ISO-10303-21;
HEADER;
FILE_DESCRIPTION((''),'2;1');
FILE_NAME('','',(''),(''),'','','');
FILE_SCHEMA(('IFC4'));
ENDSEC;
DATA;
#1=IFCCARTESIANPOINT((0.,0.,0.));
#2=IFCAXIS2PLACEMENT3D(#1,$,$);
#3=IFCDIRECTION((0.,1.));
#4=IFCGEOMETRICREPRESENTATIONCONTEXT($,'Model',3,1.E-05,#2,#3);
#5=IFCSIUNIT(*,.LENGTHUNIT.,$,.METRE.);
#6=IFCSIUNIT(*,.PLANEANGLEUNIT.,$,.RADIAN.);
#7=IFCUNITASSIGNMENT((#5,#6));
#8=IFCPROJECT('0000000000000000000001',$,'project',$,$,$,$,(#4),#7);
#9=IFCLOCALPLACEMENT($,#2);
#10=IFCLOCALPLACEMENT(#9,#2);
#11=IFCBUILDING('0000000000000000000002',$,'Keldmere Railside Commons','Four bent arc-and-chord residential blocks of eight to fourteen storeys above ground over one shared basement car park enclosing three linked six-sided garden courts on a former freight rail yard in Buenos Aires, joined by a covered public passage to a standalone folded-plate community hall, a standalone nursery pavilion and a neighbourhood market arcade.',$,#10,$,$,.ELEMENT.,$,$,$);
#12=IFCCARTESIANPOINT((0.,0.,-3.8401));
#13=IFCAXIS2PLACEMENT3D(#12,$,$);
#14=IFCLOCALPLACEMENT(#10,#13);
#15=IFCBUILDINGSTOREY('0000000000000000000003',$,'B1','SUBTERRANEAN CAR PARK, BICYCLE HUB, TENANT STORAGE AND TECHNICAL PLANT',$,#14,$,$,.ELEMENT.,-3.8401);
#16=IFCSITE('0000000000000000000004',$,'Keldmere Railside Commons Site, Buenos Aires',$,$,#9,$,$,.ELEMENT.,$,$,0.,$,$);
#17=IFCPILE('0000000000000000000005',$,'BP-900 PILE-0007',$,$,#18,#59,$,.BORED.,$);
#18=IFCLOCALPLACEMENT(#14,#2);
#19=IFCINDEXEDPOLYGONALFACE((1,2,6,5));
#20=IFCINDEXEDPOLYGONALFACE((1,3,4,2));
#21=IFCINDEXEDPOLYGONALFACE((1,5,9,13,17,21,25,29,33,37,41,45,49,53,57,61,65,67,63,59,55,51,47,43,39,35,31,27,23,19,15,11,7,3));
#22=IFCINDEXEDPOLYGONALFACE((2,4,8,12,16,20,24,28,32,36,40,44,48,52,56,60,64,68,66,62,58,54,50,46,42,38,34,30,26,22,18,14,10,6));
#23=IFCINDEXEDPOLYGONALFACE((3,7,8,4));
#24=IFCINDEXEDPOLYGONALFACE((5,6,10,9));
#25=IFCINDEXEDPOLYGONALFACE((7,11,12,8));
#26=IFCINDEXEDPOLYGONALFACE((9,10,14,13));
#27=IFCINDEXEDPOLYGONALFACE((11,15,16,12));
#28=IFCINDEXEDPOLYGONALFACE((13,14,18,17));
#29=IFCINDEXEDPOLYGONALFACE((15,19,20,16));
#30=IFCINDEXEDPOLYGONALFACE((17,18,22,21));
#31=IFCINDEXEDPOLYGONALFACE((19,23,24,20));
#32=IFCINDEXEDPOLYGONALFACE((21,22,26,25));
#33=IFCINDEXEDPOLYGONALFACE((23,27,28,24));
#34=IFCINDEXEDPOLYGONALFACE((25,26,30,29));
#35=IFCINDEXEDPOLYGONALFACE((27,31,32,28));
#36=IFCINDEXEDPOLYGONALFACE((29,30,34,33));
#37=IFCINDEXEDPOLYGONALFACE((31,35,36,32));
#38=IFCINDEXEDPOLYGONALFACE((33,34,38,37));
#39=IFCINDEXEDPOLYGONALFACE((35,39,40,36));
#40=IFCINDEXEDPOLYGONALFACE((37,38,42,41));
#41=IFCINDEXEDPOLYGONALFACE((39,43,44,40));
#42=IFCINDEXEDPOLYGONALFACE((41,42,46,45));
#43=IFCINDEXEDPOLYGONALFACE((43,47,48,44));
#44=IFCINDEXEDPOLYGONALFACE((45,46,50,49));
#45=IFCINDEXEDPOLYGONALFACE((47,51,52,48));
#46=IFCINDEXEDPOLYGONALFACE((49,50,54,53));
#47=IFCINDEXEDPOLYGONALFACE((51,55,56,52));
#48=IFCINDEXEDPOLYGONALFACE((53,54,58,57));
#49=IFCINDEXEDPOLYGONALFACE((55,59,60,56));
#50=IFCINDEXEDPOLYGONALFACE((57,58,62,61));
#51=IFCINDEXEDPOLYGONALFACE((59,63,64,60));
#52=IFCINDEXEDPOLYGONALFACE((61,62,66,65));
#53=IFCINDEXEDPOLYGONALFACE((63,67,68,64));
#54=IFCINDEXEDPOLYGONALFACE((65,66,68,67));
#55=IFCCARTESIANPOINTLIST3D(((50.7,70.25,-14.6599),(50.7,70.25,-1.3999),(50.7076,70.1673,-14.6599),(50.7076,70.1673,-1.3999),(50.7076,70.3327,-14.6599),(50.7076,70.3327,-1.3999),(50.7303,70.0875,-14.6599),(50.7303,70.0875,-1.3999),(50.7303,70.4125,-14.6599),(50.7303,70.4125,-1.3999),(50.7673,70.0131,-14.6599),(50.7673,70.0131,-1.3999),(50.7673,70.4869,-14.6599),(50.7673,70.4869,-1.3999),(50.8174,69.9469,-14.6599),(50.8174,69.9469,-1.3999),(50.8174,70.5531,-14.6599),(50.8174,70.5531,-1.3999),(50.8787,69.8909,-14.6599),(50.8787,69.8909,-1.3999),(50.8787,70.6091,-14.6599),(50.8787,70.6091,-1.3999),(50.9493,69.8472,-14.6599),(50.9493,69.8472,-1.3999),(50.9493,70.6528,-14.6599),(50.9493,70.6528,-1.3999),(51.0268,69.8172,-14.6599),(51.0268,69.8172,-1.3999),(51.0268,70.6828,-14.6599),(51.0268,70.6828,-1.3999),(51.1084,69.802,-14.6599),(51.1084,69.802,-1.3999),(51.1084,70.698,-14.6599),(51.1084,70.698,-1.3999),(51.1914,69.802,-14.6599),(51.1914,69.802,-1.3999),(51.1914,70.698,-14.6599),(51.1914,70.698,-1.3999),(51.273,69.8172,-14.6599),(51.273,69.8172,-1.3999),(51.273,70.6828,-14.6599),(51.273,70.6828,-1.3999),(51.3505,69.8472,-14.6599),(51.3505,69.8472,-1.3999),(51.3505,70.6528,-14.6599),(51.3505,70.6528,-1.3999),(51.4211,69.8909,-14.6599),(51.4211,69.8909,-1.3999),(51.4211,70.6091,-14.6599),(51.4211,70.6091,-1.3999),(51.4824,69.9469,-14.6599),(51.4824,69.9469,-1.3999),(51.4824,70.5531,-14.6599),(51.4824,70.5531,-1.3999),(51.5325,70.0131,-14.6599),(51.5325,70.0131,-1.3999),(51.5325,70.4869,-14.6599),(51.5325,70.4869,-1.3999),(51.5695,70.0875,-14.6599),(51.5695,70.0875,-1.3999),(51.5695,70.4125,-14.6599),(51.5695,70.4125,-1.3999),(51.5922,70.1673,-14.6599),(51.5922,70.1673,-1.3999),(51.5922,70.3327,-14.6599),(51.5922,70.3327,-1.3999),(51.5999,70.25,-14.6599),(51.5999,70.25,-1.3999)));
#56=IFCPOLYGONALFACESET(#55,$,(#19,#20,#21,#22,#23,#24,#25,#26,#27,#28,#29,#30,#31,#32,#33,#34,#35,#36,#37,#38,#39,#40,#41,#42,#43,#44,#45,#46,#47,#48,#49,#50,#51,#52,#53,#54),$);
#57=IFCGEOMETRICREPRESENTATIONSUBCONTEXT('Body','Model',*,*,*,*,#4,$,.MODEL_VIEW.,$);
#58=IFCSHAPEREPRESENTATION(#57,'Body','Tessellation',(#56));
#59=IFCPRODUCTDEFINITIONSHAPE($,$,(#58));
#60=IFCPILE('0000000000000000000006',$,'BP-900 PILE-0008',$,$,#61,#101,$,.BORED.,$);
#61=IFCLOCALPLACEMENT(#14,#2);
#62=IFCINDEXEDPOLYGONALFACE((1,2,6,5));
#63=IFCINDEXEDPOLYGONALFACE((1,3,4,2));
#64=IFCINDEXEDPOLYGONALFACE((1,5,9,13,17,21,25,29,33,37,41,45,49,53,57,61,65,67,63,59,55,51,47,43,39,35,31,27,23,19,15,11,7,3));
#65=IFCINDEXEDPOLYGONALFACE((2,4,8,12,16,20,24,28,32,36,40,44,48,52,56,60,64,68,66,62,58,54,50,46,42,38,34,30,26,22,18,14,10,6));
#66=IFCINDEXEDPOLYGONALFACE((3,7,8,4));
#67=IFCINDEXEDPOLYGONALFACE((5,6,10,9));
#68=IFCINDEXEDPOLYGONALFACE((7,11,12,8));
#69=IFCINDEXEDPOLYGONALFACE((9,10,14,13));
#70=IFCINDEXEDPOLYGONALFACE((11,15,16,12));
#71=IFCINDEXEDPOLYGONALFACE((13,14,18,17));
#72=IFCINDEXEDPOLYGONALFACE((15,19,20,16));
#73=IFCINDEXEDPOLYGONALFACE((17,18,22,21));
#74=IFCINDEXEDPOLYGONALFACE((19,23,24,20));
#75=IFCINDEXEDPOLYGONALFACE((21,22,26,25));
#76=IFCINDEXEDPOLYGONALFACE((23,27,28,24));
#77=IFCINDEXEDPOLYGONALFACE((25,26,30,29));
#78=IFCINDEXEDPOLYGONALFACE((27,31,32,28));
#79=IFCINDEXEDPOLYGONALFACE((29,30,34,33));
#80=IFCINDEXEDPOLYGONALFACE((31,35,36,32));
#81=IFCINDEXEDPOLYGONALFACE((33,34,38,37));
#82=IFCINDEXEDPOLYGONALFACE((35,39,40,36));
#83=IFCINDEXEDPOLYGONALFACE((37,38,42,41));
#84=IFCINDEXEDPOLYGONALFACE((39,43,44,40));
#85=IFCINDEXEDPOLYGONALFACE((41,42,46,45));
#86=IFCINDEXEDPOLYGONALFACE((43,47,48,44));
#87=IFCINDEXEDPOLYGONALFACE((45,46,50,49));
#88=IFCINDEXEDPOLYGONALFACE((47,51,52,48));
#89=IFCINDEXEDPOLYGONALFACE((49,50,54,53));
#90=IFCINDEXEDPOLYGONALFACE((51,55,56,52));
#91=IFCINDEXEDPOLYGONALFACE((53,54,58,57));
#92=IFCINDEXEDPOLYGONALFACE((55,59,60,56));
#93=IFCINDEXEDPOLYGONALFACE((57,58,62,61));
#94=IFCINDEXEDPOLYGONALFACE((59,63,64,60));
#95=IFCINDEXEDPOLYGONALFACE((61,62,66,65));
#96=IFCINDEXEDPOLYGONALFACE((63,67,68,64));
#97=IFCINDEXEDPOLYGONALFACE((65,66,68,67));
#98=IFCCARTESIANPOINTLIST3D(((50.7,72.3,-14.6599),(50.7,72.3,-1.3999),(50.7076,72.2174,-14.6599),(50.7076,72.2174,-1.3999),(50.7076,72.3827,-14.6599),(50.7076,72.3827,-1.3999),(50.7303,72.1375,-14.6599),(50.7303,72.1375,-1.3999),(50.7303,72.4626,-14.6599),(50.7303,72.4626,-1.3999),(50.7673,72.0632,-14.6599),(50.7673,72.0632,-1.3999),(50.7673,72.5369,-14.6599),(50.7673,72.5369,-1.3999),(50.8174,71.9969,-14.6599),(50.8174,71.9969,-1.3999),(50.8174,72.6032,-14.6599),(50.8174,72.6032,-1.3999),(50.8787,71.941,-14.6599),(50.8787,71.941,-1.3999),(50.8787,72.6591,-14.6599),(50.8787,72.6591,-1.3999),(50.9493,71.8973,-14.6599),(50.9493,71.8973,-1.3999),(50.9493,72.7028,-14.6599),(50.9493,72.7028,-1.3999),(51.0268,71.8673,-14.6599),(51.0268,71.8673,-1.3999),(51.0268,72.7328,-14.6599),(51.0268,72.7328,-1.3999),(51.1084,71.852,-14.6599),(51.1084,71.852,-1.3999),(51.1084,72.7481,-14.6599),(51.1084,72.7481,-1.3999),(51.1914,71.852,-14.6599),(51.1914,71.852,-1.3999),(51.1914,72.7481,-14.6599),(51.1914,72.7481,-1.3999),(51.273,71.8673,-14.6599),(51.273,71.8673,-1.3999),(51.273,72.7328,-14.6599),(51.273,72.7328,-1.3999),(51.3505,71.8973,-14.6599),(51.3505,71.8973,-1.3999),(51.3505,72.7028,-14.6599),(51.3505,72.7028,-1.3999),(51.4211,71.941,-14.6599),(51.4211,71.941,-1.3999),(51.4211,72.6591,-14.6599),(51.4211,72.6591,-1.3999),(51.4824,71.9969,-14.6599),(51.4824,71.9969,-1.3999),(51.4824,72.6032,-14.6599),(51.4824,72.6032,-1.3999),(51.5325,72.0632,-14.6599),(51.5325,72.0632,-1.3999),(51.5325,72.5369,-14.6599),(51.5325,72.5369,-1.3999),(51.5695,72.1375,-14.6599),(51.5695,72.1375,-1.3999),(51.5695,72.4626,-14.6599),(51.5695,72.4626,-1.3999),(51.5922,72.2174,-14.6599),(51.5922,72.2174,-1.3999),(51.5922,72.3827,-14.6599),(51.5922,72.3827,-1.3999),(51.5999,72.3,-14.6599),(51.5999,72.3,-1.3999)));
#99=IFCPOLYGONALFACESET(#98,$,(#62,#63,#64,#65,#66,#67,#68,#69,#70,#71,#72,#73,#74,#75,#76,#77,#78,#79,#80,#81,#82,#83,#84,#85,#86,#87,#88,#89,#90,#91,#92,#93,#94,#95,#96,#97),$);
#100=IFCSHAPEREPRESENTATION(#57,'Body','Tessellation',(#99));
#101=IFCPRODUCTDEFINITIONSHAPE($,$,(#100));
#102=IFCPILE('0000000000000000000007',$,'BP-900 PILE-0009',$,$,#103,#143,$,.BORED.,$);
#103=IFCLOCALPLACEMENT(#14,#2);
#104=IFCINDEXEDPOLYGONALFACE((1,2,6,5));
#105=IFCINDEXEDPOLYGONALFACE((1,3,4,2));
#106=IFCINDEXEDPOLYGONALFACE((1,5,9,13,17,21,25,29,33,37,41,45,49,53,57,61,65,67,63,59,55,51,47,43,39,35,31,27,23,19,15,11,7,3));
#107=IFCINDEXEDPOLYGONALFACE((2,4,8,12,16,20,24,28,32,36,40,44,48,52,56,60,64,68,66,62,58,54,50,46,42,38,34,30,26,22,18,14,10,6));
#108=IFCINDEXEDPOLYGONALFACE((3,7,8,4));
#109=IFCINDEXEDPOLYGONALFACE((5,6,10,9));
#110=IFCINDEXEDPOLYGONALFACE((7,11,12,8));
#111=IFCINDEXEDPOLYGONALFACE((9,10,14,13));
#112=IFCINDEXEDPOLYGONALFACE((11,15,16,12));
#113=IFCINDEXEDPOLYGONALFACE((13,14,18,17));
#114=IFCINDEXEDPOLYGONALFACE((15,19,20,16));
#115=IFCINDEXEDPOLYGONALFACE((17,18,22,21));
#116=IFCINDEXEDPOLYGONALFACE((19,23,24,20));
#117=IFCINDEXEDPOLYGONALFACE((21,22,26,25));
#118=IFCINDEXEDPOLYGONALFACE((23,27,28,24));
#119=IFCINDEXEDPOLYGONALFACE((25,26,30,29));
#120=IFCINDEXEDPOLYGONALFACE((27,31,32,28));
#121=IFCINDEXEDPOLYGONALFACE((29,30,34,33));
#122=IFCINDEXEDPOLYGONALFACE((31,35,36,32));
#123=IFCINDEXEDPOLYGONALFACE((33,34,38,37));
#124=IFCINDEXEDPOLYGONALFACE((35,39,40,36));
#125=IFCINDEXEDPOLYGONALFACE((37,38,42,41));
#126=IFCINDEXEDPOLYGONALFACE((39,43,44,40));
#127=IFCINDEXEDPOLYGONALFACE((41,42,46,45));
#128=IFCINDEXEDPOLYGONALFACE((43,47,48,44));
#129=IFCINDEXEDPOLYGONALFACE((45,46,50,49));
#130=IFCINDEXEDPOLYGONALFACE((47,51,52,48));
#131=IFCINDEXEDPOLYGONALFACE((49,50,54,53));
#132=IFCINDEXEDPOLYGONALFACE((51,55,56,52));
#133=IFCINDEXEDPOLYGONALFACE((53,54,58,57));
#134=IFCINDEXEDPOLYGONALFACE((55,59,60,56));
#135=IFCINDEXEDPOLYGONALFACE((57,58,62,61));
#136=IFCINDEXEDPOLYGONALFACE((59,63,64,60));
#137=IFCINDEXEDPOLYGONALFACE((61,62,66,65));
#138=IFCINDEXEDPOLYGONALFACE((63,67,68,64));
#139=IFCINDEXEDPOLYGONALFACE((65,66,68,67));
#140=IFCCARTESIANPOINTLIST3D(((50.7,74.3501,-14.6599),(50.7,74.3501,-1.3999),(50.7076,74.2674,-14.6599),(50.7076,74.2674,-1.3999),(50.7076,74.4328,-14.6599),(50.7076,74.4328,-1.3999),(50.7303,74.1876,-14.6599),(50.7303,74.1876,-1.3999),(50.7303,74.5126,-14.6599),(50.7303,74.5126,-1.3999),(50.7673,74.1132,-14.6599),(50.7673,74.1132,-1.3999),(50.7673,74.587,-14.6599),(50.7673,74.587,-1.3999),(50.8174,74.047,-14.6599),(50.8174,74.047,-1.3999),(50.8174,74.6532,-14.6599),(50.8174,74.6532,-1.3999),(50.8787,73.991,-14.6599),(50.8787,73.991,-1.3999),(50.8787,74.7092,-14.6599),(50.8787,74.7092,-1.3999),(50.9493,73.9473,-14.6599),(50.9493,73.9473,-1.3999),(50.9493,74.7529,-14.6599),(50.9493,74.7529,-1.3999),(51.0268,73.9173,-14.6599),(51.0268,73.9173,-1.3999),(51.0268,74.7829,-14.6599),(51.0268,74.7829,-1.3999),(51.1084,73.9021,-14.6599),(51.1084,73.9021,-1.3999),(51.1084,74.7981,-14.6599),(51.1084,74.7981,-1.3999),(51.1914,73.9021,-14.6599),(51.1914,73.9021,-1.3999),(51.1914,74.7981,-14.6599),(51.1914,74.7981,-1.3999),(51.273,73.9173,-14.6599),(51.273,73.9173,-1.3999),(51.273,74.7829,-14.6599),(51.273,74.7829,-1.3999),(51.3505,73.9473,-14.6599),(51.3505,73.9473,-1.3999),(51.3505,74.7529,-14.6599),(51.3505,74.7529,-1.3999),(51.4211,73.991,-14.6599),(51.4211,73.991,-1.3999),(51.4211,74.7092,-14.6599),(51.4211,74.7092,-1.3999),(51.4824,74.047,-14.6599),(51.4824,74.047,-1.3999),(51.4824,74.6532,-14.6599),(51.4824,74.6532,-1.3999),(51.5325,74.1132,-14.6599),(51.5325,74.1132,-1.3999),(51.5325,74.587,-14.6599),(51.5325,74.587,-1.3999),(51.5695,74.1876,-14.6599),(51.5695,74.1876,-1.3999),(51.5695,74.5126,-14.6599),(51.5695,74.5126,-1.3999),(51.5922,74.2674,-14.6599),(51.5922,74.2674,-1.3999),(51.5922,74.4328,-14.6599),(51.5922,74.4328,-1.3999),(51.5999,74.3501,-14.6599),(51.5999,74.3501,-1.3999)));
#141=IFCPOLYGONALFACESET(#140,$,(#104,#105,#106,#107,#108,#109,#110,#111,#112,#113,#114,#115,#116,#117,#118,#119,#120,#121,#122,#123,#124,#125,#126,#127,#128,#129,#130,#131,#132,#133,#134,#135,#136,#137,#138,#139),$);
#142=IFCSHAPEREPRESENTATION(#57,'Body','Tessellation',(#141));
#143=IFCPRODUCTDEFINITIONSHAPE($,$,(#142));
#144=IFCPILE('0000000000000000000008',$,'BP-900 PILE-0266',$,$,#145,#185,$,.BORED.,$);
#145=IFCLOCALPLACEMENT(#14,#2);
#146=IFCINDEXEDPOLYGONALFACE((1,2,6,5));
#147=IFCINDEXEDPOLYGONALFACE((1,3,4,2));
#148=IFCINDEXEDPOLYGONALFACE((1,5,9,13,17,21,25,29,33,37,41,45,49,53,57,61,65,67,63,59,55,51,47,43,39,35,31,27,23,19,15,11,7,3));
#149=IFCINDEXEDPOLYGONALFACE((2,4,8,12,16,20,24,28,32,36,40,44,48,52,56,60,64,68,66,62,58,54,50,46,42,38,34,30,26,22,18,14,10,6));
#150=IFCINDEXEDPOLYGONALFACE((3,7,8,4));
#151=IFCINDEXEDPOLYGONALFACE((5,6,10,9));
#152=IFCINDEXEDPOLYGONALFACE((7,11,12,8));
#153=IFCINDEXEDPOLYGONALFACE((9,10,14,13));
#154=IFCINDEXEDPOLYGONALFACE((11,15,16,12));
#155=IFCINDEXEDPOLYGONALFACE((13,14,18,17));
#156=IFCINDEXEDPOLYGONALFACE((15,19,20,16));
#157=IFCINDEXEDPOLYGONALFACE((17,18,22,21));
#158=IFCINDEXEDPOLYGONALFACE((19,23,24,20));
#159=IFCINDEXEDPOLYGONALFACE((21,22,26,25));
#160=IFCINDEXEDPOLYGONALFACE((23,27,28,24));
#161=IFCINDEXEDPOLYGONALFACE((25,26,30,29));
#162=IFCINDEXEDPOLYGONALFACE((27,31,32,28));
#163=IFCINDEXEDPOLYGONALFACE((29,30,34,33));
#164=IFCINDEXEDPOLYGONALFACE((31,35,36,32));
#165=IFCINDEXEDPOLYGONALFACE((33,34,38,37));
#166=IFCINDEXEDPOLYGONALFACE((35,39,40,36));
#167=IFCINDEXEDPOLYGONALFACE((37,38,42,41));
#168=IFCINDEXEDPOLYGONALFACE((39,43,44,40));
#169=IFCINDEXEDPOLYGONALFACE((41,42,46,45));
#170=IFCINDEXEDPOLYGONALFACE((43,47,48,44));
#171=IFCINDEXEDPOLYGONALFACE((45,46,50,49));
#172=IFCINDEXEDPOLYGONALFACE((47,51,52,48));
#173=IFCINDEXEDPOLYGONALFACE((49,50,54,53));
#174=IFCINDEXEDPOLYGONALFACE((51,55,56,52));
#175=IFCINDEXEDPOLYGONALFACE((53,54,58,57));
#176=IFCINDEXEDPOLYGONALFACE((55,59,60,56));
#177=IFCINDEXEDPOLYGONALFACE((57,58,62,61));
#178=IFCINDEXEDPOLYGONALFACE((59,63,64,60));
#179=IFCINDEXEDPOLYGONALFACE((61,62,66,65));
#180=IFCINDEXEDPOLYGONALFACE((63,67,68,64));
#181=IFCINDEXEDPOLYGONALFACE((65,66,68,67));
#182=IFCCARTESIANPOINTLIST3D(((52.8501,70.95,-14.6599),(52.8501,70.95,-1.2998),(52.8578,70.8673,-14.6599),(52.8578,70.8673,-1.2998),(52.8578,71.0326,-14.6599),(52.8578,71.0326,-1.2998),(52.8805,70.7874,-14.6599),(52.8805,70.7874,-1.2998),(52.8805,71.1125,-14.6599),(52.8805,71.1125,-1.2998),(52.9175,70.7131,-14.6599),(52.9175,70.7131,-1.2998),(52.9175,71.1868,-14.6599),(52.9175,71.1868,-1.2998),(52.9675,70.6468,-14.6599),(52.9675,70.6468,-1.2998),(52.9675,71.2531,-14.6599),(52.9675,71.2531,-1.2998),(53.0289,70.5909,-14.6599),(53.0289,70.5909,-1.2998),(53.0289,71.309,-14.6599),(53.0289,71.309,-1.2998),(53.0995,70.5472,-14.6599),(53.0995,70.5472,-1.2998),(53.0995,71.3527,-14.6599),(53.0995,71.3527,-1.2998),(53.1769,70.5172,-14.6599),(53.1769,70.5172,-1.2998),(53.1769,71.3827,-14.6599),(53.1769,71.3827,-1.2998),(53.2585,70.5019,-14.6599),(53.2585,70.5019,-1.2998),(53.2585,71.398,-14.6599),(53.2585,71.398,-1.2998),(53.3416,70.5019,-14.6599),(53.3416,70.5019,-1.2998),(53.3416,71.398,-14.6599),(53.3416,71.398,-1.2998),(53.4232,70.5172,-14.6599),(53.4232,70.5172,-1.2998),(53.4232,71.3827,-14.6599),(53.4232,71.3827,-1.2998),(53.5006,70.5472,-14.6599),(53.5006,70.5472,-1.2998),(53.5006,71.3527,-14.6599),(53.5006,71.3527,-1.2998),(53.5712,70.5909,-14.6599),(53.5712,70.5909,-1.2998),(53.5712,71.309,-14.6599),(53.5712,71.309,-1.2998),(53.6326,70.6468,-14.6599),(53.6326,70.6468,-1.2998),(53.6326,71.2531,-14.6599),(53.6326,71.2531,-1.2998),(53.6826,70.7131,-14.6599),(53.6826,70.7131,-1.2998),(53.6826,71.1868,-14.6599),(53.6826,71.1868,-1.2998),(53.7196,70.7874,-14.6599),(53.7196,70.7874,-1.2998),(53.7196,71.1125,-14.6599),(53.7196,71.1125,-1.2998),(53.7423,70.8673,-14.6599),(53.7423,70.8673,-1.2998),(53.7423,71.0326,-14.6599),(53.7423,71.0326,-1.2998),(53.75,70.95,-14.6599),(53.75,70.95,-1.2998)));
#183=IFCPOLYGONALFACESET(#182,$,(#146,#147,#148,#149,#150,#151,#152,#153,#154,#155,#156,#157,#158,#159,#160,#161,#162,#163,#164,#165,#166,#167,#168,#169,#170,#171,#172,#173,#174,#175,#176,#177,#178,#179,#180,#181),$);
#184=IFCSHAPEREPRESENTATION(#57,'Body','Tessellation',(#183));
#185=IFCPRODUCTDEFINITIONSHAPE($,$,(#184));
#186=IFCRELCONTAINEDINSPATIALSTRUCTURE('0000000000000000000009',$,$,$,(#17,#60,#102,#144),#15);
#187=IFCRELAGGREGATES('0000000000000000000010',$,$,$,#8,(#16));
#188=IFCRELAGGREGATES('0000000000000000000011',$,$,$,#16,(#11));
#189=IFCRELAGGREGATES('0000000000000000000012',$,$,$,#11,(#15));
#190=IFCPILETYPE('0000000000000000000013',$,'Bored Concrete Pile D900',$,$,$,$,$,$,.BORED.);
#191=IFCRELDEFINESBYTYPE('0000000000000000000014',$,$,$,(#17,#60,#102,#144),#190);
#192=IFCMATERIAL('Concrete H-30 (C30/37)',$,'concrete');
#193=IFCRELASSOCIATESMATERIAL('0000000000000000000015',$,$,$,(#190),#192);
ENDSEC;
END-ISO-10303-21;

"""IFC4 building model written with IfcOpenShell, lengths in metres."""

from ifc_helpers import new_model, si_unit, direction, frame, origin, origin_2d, place, context, subcontext, project, spatial, circle, extrude, material, material_profile, profile_set, type_object, element, save


model = new_model("IFC4")

# Units and contexts
model_context = context("Model", 3, precision=1e-05, world=origin(), true_north=direction((0.0, 1.0)))
body_context = subcontext(model_context, "Body", "Model", "MODEL_VIEW")
ifc_project = project(units=[si_unit("LENGTHUNIT", "METRE"), si_unit("PLANEANGLEUNIT", "RADIAN")], contexts=[model_context])

# Site, building, storey
site_placement = place(None, origin())
site = spatial("IfcSite", under=ifc_project, at=site_placement, Name="Keldmere Railside Commons Site, Buenos Aires", CompositionType="ELEMENT", RefElevation=0.0)
building_placement = place(site_placement, origin())
building = spatial("IfcBuilding", under=site, at=building_placement, Name="Keldmere Railside Commons", Description="Four bent arc-and-chord residential blocks of eight to fourteen storeys above ground over one shared basement car park enclosing three linked six-sided garden courts on a former freight rail yard in Buenos Aires, joined by a covered public passage to a standalone folded-plate community hall, a standalone nursery pavilion and a neighbourhood market arcade.", CompositionType="ELEMENT")
storey_placement = place(building_placement, frame((0.0, 0.0, -3.8401)))
storey = spatial("IfcBuildingStorey", under=building, at=storey_placement, Name="B1", Description="SUBTERRANEAN CAR PARK, BICYCLE HUB, TENANT STORAGE AND TECHNICAL PLANT", CompositionType="ELEMENT", Elevation=-3.8401)

# Piles
ifc_material_1 = material(Name="Concrete H-30 (C30/37)", Category="concrete")
ifc_material_profile_1 = material_profile(ifc_material_1, circle(Radius=0.45, at=origin_2d()), Name="PILE-D900")
ifc_profile_set_1 = profile_set([ifc_material_profile_1], Name="Concrete H-30 (C30/37)")
pile_type = type_object("IfcPileType", Name="Bored Concrete Pile D900", PredefinedType="BORED", material=ifc_profile_set_1)
for number, where, z_axis, x_axis, name in (
    (1, (51.1499, 70.25, -1.3999), (0.0, 0.0, -1.0), (1.0, 0.0, 0.0), "BP-900 PILE-0007"),
    (2, (51.1499, 72.3, -1.3999), (0.0, 0.0, -1.0), (1.0, 0.0, 0.0), "BP-900 PILE-0008"),
    (3, (51.1499, 74.3501, -1.3999), (0.0, 0.0, -1.0), (1.0, 0.0, 0.0), "BP-900 PILE-0009"),
):
    element("IfcPile", number, at=place(storey_placement, frame(where, z_axis=z_axis, x_axis=x_axis)), inside=storey, type_object=pile_type, Name=name, PredefinedType="BORED", context=body_context, shape_type="SweptSolid", body=[
        extrude(circle(Radius=0.45, at=origin_2d()), origin(), (0.0, 0.0, 1.0), 13.26),
    ])
for number, where, z_axis, x_axis, name in (
    (4, (53.3, 70.95, -1.2998), (0.0, 0.0, -1.0), (1.0, 0.0, 0.0), "BP-900 PILE-0266"),
):
    element("IfcPile", number, at=place(storey_placement, frame(where, z_axis=z_axis, x_axis=x_axis)), inside=storey, type_object=pile_type, Name=name, PredefinedType="BORED", context=body_context, shape_type="SweptSolid", body=[
        extrude(circle(Radius=0.45, at=origin_2d()), origin(), (0.0, 0.0, 1.0), 13.3601),
    ])

save(model, "model.ifc")
